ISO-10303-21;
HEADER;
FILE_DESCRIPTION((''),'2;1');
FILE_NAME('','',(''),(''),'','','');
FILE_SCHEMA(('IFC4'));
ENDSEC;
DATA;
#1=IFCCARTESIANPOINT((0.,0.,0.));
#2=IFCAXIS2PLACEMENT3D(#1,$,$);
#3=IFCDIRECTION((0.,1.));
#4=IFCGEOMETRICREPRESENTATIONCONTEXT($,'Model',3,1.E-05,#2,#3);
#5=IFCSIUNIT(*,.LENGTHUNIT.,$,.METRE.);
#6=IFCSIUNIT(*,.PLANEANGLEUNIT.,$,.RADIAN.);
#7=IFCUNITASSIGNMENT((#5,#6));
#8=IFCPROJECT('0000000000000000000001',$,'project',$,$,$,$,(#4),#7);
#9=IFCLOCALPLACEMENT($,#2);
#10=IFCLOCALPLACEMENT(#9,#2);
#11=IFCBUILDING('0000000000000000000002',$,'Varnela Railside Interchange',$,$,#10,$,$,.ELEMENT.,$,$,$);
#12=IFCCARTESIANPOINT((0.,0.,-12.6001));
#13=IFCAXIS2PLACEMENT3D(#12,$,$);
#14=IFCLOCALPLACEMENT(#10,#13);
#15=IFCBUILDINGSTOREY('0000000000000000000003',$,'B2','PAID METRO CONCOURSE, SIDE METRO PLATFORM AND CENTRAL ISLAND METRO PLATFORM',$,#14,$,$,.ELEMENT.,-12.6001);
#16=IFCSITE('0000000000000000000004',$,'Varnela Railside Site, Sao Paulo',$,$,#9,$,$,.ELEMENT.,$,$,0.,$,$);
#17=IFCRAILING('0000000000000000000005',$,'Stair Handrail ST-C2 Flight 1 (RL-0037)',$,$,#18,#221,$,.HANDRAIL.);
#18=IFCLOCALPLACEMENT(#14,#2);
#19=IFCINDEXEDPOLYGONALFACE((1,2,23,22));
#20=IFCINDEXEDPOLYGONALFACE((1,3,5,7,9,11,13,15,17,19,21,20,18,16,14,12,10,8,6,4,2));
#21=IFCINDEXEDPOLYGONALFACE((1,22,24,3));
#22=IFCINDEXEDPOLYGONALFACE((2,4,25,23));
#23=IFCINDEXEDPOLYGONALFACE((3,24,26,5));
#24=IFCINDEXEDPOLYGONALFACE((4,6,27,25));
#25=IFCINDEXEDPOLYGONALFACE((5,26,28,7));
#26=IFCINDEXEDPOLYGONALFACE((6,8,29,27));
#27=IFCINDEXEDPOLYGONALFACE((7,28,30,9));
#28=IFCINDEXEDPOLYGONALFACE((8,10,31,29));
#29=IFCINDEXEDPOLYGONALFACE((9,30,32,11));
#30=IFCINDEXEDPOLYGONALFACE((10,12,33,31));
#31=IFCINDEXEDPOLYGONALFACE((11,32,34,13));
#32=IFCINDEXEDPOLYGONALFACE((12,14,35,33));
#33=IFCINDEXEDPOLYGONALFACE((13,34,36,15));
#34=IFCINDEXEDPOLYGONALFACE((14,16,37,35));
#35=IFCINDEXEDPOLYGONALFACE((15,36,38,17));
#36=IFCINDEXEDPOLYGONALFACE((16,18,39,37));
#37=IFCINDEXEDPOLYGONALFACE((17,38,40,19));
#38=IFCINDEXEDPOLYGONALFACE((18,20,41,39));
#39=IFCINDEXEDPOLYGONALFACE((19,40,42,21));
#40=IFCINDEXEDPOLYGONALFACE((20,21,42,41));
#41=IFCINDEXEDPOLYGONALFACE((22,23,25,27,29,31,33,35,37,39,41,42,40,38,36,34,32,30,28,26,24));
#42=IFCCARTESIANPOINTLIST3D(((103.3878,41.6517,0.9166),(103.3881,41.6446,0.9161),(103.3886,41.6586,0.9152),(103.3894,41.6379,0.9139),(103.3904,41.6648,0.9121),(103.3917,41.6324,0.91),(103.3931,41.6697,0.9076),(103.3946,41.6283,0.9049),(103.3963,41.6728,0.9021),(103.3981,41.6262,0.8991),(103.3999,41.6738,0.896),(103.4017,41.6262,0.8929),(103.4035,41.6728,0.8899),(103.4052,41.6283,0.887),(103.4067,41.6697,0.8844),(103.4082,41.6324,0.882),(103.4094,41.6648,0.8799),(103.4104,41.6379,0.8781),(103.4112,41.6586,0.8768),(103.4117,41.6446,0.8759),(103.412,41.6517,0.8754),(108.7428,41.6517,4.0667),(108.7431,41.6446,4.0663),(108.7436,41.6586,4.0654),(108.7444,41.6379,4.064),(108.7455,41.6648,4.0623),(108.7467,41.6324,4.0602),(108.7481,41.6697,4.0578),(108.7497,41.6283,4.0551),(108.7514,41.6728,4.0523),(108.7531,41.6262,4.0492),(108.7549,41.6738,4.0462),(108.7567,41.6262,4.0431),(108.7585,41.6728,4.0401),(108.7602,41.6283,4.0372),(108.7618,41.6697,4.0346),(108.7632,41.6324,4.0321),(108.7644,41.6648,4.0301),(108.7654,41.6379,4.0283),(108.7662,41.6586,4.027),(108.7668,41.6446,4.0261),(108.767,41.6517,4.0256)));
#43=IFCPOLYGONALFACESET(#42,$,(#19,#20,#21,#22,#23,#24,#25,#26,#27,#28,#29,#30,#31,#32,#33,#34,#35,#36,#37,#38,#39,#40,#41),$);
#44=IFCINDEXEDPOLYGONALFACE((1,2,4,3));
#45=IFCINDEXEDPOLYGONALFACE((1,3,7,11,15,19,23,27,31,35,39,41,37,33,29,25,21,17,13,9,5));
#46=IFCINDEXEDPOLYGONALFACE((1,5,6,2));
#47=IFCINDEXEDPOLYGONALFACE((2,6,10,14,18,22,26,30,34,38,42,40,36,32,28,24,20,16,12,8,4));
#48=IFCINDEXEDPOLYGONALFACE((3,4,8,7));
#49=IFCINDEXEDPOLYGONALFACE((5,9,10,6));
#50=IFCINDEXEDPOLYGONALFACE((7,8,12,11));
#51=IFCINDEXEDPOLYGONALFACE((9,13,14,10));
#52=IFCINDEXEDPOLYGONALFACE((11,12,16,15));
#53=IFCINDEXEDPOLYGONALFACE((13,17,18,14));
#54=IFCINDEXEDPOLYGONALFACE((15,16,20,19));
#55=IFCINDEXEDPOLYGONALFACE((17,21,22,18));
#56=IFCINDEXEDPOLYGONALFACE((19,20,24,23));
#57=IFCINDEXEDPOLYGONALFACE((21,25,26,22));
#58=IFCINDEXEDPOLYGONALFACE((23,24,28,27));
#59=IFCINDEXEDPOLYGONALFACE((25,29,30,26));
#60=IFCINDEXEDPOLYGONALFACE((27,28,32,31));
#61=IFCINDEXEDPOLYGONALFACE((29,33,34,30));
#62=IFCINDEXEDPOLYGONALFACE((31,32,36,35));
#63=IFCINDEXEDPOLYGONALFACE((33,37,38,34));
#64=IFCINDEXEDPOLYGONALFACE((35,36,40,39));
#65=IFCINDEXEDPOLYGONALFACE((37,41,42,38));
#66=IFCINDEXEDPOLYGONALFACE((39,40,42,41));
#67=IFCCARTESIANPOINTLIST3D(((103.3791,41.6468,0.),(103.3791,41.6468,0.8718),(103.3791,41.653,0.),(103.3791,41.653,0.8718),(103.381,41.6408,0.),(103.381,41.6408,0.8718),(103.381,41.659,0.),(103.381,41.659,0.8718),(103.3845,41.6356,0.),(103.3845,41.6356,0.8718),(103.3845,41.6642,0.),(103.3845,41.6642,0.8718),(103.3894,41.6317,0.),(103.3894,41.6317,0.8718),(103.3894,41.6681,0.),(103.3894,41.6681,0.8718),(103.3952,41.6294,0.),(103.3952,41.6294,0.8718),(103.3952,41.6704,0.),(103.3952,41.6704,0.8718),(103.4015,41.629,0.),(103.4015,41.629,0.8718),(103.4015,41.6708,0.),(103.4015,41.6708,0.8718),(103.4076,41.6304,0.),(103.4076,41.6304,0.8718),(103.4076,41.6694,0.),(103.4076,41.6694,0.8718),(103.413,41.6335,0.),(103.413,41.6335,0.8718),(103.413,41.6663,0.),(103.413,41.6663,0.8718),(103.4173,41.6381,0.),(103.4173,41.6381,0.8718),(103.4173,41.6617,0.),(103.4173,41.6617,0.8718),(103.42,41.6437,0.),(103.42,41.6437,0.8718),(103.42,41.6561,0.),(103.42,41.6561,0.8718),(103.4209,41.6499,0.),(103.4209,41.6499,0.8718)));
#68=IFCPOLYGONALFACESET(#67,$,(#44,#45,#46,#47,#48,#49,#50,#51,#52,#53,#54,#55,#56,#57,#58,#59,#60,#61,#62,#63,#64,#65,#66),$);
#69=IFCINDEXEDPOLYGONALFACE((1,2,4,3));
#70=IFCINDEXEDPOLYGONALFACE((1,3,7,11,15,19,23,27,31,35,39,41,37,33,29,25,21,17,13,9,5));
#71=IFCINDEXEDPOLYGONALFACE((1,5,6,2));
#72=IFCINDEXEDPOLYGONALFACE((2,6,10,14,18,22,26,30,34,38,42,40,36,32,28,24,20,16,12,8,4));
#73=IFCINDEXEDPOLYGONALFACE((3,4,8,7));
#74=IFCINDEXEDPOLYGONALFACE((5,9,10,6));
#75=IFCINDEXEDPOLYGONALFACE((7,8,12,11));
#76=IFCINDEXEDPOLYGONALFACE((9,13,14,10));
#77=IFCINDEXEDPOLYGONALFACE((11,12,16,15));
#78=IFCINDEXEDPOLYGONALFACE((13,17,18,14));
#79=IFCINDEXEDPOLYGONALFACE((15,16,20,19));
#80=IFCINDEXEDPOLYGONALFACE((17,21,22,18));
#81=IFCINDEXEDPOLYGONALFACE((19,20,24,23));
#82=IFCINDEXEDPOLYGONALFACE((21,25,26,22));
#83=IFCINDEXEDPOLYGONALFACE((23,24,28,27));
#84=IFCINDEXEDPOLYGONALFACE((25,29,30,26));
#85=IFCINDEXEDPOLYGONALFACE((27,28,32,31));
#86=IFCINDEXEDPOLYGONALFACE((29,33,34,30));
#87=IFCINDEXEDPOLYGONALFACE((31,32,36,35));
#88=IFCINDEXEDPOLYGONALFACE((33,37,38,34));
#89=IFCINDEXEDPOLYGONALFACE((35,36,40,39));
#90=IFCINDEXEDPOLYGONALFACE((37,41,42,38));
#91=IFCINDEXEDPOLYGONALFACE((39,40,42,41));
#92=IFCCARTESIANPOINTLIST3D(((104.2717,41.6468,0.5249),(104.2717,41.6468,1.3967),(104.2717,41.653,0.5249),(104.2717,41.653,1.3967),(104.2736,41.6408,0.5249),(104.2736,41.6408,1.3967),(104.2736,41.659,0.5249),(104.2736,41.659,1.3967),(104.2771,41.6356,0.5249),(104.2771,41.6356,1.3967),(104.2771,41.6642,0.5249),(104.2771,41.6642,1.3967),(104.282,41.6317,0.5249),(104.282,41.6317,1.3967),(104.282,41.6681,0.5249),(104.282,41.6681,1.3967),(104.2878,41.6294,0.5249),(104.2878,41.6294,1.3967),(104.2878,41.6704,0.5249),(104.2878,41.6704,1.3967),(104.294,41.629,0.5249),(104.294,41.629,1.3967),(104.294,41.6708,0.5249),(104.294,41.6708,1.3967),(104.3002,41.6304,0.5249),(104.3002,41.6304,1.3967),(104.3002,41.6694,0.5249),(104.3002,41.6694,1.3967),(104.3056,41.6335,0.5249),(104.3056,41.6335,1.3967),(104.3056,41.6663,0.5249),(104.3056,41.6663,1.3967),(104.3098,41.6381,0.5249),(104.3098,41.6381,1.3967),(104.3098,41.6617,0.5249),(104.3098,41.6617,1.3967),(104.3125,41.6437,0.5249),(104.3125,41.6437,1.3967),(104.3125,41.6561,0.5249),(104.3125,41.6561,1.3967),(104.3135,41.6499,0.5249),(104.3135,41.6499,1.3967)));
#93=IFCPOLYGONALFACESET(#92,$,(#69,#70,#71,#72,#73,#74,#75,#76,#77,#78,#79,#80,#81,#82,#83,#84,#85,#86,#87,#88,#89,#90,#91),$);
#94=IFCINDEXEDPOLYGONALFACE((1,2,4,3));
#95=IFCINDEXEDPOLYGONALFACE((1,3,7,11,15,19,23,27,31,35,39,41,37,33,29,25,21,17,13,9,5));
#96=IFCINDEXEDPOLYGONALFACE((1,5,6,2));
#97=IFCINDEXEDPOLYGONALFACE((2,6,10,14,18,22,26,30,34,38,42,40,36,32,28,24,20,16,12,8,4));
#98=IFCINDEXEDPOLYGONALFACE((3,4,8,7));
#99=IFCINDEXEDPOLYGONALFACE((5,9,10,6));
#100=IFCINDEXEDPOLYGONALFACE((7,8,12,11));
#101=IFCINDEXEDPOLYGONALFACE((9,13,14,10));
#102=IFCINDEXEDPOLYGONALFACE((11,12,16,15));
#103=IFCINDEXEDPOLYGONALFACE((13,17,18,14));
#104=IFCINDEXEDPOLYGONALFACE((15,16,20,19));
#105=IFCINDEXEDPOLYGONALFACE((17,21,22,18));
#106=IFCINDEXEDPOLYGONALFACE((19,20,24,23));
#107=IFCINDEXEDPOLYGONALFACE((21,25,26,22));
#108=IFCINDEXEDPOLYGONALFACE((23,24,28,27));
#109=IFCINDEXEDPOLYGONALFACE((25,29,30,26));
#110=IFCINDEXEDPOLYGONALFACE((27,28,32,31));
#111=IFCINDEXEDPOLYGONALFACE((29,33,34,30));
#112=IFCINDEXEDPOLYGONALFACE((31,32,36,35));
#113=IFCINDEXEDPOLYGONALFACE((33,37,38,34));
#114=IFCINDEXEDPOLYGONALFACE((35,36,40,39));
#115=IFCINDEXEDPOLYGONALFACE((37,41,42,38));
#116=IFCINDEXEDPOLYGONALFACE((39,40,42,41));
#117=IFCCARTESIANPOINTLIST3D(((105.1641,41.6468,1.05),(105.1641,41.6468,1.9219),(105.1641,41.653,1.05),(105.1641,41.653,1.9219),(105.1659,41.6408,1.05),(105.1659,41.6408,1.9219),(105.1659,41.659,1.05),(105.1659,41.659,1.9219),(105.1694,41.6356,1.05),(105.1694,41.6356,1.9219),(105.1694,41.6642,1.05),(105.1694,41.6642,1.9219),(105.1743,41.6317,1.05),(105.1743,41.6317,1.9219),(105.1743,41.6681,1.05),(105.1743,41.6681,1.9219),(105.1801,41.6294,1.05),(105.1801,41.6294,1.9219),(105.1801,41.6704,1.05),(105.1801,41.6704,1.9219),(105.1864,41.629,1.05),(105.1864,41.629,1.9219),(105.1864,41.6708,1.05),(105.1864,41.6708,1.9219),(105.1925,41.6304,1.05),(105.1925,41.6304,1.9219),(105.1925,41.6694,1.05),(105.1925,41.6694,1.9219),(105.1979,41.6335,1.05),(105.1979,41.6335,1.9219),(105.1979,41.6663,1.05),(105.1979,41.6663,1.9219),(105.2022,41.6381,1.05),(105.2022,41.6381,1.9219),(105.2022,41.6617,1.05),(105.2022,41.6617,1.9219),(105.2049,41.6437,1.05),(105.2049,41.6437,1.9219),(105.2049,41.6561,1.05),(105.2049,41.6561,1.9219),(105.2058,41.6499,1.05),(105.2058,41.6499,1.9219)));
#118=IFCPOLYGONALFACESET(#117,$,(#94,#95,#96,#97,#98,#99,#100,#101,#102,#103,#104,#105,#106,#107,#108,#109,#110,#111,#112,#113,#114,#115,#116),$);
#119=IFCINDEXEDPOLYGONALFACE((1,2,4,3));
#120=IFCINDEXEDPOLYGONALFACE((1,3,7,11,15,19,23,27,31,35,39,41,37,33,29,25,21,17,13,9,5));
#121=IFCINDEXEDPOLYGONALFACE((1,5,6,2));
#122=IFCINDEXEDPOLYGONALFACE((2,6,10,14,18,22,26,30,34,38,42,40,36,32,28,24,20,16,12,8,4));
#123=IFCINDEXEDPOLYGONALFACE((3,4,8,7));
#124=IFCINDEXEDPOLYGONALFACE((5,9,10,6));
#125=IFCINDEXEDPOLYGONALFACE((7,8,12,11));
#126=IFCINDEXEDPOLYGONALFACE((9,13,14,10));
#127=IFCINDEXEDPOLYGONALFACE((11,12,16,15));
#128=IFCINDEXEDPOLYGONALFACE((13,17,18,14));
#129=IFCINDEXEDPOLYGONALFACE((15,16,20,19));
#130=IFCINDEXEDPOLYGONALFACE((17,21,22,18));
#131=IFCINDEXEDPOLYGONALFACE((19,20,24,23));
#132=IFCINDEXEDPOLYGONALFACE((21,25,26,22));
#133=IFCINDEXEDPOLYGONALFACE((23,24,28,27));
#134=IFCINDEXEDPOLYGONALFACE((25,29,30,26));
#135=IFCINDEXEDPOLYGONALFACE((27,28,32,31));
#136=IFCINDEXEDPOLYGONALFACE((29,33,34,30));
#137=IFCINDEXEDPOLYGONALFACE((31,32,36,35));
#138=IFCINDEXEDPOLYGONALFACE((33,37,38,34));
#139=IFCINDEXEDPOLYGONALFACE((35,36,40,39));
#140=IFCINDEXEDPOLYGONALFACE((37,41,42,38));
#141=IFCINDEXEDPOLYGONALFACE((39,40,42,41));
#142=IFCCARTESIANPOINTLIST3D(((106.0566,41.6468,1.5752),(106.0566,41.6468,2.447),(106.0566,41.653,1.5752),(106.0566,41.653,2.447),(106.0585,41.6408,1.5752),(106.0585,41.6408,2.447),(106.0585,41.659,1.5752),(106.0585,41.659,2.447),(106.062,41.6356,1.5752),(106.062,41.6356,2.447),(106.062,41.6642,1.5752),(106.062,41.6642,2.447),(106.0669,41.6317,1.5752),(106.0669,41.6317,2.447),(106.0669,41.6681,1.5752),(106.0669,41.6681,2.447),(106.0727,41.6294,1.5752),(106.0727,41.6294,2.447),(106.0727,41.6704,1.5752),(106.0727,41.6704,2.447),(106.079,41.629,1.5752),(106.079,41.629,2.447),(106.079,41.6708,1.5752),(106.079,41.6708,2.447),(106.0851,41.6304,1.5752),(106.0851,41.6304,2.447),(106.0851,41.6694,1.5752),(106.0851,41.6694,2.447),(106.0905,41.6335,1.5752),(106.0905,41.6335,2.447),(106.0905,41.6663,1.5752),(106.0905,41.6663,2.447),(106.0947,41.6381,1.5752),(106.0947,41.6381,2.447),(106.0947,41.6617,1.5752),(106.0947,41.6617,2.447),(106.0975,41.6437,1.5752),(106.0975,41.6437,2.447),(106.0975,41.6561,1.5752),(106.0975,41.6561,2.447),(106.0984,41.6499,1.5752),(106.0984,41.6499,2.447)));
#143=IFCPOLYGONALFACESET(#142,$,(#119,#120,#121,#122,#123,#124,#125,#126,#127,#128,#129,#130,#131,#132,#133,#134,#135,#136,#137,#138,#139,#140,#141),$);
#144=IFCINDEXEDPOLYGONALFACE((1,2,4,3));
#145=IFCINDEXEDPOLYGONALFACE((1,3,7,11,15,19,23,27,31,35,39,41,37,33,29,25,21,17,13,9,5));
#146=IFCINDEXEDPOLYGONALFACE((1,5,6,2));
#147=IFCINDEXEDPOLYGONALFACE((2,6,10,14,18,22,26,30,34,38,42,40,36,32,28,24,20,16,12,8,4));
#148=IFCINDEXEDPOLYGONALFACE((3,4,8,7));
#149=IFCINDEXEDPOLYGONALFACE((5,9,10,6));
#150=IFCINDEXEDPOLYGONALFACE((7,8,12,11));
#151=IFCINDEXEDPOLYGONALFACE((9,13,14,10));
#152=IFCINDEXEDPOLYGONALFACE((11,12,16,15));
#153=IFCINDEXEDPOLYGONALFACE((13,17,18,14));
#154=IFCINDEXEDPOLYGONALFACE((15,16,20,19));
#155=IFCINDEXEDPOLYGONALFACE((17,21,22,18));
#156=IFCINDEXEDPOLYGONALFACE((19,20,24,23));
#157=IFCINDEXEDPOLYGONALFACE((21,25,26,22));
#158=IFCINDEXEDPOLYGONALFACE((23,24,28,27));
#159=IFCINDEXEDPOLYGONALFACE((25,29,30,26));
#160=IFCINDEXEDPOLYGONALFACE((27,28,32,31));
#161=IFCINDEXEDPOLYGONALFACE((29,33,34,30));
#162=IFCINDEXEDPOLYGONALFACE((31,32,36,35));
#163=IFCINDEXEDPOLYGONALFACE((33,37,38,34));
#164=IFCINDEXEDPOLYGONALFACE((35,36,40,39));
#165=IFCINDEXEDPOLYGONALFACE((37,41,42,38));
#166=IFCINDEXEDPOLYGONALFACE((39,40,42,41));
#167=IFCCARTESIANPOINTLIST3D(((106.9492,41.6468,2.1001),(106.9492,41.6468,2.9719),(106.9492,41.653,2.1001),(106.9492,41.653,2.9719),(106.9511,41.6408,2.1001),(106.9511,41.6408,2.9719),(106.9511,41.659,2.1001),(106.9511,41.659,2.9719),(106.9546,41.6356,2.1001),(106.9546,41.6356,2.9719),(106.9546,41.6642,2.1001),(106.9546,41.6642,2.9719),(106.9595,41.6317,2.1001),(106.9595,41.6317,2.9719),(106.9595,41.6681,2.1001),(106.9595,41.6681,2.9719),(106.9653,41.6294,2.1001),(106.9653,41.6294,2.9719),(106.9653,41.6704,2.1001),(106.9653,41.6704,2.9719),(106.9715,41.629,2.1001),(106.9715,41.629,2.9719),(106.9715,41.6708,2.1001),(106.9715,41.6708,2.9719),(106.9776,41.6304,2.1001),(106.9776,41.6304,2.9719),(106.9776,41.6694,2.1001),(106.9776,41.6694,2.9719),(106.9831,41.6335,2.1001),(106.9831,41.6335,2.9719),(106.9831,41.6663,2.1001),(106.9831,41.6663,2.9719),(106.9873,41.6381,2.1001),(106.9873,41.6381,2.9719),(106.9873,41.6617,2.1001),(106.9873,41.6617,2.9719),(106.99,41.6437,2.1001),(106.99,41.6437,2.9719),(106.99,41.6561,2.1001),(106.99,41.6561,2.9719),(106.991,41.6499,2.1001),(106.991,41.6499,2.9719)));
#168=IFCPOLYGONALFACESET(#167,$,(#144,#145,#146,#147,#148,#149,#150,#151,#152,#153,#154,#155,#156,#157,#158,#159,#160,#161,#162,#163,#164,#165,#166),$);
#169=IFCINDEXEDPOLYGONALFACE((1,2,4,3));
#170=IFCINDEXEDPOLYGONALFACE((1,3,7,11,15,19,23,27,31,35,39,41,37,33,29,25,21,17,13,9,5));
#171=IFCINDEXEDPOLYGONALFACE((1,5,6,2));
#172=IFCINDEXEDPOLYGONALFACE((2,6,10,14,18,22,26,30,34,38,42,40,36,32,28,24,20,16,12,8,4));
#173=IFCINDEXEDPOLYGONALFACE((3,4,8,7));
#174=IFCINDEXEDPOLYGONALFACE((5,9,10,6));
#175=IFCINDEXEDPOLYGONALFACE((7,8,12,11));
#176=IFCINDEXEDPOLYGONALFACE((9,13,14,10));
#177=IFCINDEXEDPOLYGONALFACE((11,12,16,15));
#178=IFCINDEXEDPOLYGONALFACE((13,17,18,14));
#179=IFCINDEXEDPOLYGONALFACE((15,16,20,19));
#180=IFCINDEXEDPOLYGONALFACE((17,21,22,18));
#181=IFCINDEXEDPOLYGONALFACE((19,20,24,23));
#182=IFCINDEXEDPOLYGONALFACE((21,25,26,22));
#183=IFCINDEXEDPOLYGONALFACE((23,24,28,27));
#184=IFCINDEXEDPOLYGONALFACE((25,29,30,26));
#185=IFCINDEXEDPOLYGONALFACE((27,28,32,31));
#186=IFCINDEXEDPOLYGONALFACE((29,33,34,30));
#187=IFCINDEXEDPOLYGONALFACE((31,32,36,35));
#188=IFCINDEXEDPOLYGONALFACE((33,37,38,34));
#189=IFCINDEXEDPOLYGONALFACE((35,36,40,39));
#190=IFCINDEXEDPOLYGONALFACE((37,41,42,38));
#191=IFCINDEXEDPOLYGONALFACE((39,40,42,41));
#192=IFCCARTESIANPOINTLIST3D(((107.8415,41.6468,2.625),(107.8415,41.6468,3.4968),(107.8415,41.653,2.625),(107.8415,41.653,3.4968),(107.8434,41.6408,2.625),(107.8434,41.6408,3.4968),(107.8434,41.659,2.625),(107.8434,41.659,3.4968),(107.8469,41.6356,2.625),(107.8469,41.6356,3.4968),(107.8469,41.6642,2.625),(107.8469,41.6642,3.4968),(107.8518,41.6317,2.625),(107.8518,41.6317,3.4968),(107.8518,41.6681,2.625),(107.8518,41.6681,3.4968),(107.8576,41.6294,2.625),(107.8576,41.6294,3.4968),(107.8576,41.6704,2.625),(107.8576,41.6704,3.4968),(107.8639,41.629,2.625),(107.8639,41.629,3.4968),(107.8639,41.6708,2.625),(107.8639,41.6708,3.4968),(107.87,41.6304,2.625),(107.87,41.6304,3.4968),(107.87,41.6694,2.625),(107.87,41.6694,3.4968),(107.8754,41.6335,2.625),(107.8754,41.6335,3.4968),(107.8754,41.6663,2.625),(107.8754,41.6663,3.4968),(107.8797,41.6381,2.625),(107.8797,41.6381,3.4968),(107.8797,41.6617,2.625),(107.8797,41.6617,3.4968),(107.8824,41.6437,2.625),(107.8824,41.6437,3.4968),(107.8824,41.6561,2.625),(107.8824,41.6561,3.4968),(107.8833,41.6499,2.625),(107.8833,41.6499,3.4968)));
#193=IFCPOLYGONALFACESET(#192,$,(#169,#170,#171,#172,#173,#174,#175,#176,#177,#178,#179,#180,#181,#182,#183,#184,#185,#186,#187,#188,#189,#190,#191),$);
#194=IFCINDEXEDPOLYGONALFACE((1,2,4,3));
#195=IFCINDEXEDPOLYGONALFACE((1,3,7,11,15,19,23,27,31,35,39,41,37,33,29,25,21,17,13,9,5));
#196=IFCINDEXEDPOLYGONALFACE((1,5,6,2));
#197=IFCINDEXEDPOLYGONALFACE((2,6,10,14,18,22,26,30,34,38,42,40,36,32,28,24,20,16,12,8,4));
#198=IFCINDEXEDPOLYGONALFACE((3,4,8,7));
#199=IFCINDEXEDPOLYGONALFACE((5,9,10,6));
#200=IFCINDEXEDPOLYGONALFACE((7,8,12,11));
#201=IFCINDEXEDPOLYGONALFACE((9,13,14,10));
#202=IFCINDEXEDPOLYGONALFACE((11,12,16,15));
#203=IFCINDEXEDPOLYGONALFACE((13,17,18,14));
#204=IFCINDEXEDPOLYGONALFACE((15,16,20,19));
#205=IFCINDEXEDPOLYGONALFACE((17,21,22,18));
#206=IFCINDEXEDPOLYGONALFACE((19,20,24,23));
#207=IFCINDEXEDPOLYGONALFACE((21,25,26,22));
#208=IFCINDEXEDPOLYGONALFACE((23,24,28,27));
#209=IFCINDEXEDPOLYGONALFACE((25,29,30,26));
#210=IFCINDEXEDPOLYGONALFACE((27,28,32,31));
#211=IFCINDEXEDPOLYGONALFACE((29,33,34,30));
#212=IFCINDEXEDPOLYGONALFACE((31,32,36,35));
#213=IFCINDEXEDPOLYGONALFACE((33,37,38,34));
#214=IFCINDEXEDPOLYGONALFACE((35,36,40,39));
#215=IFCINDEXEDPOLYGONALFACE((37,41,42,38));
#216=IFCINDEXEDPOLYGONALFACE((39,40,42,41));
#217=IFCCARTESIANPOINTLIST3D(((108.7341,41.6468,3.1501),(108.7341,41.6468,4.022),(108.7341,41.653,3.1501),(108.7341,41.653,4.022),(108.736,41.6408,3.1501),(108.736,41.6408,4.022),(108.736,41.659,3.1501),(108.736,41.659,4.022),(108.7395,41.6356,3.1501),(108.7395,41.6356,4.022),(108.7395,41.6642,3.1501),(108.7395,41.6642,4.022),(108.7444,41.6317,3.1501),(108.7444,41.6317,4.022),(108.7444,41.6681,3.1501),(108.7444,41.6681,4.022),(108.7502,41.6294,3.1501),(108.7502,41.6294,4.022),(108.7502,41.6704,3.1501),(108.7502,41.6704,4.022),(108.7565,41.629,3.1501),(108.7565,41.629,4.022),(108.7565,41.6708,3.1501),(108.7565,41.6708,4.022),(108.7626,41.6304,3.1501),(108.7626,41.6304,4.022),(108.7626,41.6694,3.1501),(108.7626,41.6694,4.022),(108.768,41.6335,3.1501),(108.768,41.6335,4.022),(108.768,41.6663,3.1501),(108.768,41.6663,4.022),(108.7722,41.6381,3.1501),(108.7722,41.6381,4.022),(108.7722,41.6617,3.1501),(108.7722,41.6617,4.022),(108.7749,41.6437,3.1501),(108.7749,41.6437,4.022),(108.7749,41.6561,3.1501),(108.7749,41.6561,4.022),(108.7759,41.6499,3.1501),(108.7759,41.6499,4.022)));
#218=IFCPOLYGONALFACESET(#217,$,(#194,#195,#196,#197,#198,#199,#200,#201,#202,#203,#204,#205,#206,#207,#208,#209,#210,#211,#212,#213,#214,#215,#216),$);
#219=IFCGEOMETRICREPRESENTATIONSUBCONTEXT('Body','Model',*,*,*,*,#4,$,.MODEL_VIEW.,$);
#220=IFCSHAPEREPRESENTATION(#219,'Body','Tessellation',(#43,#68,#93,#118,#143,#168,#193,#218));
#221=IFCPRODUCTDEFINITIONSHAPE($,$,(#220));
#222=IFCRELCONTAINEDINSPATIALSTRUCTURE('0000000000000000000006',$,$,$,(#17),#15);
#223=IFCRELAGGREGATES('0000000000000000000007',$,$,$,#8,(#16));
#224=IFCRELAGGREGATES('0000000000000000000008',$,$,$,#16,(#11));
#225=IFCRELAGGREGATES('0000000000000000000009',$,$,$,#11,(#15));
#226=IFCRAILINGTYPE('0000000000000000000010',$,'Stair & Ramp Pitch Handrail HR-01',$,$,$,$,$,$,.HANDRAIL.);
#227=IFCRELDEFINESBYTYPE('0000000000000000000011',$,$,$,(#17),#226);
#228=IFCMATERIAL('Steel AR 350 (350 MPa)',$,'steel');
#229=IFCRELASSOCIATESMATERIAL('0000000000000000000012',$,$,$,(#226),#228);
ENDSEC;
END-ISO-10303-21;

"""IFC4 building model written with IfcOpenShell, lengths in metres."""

from ifc_helpers import new_model, si_unit, direction, frame, origin, origin_2d, place, context, subcontext, project, spatial, circle, extrude, material, type_object, element, save


model = new_model("IFC4")

# Units and contexts
model_context = context("Model", 3, precision=1e-05, world=origin(), true_north=direction((0.0, 1.0)))
body_context = subcontext(model_context, "Body", "Model", "MODEL_VIEW")
ifc_project = project(units=[si_unit("LENGTHUNIT", "METRE"), si_unit("PLANEANGLEUNIT", "RADIAN")], contexts=[model_context])

# Site, building, storey
site_placement = place(None, origin())
site = spatial("IfcSite", under=ifc_project, at=site_placement, Name="Varnela Railside Site, Sao Paulo", CompositionType="ELEMENT", RefElevation=0.0)
building_placement = place(site_placement, origin())
building = spatial("IfcBuilding", under=site, at=building_placement, Name="Varnela Railside Interchange", CompositionType="ELEMENT")
storey_placement = place(building_placement, frame((0.0, 0.0, -12.6001)))
storey = spatial("IfcBuildingStorey", under=building, at=storey_placement, Name="B2", Description="PAID METRO CONCOURSE, SIDE METRO PLATFORM AND CENTRAL ISLAND METRO PLATFORM", CompositionType="ELEMENT", Elevation=-12.6001)

# Shared definitions
ifc_material_1 = material(Name="Steel AR 350 (350 MPa)", Category="steel")

# Railing
railing_type_1 = type_object("IfcRailingType", Name="Stair & Ramp Pitch Handrail HR-01", PredefinedType="HANDRAIL", material=ifc_material_1)
railing_1_placement = place(storey_placement, frame((103.3999, 41.6499, 0.0)))
element("IfcRailing", 1, at=railing_1_placement, inside=storey, type_object=railing_type_1, Name="Stair Handrail ST-C2 Flight 1 (RL-0037)", PredefinedType="HANDRAIL", context=body_context, shape_type="SweptSolid", body=[
    extrude(circle(Radius=0.0239, at=origin_2d()), frame((0.0, 0.0, 0.896), z_axis=(0.861923, 0.0, 0.507039), x_axis=(0.0, 1.0, 0.0)), (0.0, 0.0, 1.0), 6.2129),
    extrude(circle(Radius=0.021, at=origin_2d()), origin(), (0.0, 0.0, 1.0), 0.8718),
    extrude(circle(Radius=0.021, at=origin_2d()), frame((0.8926, 0.0, 0.5249)), (0.0, 0.0, 1.0), 0.8718),
    extrude(circle(Radius=0.021, at=origin_2d()), frame((1.7849, 0.0, 1.05)), (0.0, 0.0, 1.0), 0.8718),
    extrude(circle(Radius=0.021, at=origin_2d()), frame((2.6775, 0.0, 1.5752)), (0.0, 0.0, 1.0), 0.8718),
    extrude(circle(Radius=0.021, at=origin_2d()), frame((3.5701, 0.0, 2.1001)), (0.0, 0.0, 1.0), 0.8718),
    extrude(circle(Radius=0.021, at=origin_2d()), frame((4.4624, 0.0, 2.625)), (0.0, 0.0, 1.0), 0.8718),
    extrude(circle(Radius=0.021, at=origin_2d()), frame((5.355, 0.0, 3.1501)), (0.0, 0.0, 1.0), 0.8718),
])

save(model, "model.ifc")
